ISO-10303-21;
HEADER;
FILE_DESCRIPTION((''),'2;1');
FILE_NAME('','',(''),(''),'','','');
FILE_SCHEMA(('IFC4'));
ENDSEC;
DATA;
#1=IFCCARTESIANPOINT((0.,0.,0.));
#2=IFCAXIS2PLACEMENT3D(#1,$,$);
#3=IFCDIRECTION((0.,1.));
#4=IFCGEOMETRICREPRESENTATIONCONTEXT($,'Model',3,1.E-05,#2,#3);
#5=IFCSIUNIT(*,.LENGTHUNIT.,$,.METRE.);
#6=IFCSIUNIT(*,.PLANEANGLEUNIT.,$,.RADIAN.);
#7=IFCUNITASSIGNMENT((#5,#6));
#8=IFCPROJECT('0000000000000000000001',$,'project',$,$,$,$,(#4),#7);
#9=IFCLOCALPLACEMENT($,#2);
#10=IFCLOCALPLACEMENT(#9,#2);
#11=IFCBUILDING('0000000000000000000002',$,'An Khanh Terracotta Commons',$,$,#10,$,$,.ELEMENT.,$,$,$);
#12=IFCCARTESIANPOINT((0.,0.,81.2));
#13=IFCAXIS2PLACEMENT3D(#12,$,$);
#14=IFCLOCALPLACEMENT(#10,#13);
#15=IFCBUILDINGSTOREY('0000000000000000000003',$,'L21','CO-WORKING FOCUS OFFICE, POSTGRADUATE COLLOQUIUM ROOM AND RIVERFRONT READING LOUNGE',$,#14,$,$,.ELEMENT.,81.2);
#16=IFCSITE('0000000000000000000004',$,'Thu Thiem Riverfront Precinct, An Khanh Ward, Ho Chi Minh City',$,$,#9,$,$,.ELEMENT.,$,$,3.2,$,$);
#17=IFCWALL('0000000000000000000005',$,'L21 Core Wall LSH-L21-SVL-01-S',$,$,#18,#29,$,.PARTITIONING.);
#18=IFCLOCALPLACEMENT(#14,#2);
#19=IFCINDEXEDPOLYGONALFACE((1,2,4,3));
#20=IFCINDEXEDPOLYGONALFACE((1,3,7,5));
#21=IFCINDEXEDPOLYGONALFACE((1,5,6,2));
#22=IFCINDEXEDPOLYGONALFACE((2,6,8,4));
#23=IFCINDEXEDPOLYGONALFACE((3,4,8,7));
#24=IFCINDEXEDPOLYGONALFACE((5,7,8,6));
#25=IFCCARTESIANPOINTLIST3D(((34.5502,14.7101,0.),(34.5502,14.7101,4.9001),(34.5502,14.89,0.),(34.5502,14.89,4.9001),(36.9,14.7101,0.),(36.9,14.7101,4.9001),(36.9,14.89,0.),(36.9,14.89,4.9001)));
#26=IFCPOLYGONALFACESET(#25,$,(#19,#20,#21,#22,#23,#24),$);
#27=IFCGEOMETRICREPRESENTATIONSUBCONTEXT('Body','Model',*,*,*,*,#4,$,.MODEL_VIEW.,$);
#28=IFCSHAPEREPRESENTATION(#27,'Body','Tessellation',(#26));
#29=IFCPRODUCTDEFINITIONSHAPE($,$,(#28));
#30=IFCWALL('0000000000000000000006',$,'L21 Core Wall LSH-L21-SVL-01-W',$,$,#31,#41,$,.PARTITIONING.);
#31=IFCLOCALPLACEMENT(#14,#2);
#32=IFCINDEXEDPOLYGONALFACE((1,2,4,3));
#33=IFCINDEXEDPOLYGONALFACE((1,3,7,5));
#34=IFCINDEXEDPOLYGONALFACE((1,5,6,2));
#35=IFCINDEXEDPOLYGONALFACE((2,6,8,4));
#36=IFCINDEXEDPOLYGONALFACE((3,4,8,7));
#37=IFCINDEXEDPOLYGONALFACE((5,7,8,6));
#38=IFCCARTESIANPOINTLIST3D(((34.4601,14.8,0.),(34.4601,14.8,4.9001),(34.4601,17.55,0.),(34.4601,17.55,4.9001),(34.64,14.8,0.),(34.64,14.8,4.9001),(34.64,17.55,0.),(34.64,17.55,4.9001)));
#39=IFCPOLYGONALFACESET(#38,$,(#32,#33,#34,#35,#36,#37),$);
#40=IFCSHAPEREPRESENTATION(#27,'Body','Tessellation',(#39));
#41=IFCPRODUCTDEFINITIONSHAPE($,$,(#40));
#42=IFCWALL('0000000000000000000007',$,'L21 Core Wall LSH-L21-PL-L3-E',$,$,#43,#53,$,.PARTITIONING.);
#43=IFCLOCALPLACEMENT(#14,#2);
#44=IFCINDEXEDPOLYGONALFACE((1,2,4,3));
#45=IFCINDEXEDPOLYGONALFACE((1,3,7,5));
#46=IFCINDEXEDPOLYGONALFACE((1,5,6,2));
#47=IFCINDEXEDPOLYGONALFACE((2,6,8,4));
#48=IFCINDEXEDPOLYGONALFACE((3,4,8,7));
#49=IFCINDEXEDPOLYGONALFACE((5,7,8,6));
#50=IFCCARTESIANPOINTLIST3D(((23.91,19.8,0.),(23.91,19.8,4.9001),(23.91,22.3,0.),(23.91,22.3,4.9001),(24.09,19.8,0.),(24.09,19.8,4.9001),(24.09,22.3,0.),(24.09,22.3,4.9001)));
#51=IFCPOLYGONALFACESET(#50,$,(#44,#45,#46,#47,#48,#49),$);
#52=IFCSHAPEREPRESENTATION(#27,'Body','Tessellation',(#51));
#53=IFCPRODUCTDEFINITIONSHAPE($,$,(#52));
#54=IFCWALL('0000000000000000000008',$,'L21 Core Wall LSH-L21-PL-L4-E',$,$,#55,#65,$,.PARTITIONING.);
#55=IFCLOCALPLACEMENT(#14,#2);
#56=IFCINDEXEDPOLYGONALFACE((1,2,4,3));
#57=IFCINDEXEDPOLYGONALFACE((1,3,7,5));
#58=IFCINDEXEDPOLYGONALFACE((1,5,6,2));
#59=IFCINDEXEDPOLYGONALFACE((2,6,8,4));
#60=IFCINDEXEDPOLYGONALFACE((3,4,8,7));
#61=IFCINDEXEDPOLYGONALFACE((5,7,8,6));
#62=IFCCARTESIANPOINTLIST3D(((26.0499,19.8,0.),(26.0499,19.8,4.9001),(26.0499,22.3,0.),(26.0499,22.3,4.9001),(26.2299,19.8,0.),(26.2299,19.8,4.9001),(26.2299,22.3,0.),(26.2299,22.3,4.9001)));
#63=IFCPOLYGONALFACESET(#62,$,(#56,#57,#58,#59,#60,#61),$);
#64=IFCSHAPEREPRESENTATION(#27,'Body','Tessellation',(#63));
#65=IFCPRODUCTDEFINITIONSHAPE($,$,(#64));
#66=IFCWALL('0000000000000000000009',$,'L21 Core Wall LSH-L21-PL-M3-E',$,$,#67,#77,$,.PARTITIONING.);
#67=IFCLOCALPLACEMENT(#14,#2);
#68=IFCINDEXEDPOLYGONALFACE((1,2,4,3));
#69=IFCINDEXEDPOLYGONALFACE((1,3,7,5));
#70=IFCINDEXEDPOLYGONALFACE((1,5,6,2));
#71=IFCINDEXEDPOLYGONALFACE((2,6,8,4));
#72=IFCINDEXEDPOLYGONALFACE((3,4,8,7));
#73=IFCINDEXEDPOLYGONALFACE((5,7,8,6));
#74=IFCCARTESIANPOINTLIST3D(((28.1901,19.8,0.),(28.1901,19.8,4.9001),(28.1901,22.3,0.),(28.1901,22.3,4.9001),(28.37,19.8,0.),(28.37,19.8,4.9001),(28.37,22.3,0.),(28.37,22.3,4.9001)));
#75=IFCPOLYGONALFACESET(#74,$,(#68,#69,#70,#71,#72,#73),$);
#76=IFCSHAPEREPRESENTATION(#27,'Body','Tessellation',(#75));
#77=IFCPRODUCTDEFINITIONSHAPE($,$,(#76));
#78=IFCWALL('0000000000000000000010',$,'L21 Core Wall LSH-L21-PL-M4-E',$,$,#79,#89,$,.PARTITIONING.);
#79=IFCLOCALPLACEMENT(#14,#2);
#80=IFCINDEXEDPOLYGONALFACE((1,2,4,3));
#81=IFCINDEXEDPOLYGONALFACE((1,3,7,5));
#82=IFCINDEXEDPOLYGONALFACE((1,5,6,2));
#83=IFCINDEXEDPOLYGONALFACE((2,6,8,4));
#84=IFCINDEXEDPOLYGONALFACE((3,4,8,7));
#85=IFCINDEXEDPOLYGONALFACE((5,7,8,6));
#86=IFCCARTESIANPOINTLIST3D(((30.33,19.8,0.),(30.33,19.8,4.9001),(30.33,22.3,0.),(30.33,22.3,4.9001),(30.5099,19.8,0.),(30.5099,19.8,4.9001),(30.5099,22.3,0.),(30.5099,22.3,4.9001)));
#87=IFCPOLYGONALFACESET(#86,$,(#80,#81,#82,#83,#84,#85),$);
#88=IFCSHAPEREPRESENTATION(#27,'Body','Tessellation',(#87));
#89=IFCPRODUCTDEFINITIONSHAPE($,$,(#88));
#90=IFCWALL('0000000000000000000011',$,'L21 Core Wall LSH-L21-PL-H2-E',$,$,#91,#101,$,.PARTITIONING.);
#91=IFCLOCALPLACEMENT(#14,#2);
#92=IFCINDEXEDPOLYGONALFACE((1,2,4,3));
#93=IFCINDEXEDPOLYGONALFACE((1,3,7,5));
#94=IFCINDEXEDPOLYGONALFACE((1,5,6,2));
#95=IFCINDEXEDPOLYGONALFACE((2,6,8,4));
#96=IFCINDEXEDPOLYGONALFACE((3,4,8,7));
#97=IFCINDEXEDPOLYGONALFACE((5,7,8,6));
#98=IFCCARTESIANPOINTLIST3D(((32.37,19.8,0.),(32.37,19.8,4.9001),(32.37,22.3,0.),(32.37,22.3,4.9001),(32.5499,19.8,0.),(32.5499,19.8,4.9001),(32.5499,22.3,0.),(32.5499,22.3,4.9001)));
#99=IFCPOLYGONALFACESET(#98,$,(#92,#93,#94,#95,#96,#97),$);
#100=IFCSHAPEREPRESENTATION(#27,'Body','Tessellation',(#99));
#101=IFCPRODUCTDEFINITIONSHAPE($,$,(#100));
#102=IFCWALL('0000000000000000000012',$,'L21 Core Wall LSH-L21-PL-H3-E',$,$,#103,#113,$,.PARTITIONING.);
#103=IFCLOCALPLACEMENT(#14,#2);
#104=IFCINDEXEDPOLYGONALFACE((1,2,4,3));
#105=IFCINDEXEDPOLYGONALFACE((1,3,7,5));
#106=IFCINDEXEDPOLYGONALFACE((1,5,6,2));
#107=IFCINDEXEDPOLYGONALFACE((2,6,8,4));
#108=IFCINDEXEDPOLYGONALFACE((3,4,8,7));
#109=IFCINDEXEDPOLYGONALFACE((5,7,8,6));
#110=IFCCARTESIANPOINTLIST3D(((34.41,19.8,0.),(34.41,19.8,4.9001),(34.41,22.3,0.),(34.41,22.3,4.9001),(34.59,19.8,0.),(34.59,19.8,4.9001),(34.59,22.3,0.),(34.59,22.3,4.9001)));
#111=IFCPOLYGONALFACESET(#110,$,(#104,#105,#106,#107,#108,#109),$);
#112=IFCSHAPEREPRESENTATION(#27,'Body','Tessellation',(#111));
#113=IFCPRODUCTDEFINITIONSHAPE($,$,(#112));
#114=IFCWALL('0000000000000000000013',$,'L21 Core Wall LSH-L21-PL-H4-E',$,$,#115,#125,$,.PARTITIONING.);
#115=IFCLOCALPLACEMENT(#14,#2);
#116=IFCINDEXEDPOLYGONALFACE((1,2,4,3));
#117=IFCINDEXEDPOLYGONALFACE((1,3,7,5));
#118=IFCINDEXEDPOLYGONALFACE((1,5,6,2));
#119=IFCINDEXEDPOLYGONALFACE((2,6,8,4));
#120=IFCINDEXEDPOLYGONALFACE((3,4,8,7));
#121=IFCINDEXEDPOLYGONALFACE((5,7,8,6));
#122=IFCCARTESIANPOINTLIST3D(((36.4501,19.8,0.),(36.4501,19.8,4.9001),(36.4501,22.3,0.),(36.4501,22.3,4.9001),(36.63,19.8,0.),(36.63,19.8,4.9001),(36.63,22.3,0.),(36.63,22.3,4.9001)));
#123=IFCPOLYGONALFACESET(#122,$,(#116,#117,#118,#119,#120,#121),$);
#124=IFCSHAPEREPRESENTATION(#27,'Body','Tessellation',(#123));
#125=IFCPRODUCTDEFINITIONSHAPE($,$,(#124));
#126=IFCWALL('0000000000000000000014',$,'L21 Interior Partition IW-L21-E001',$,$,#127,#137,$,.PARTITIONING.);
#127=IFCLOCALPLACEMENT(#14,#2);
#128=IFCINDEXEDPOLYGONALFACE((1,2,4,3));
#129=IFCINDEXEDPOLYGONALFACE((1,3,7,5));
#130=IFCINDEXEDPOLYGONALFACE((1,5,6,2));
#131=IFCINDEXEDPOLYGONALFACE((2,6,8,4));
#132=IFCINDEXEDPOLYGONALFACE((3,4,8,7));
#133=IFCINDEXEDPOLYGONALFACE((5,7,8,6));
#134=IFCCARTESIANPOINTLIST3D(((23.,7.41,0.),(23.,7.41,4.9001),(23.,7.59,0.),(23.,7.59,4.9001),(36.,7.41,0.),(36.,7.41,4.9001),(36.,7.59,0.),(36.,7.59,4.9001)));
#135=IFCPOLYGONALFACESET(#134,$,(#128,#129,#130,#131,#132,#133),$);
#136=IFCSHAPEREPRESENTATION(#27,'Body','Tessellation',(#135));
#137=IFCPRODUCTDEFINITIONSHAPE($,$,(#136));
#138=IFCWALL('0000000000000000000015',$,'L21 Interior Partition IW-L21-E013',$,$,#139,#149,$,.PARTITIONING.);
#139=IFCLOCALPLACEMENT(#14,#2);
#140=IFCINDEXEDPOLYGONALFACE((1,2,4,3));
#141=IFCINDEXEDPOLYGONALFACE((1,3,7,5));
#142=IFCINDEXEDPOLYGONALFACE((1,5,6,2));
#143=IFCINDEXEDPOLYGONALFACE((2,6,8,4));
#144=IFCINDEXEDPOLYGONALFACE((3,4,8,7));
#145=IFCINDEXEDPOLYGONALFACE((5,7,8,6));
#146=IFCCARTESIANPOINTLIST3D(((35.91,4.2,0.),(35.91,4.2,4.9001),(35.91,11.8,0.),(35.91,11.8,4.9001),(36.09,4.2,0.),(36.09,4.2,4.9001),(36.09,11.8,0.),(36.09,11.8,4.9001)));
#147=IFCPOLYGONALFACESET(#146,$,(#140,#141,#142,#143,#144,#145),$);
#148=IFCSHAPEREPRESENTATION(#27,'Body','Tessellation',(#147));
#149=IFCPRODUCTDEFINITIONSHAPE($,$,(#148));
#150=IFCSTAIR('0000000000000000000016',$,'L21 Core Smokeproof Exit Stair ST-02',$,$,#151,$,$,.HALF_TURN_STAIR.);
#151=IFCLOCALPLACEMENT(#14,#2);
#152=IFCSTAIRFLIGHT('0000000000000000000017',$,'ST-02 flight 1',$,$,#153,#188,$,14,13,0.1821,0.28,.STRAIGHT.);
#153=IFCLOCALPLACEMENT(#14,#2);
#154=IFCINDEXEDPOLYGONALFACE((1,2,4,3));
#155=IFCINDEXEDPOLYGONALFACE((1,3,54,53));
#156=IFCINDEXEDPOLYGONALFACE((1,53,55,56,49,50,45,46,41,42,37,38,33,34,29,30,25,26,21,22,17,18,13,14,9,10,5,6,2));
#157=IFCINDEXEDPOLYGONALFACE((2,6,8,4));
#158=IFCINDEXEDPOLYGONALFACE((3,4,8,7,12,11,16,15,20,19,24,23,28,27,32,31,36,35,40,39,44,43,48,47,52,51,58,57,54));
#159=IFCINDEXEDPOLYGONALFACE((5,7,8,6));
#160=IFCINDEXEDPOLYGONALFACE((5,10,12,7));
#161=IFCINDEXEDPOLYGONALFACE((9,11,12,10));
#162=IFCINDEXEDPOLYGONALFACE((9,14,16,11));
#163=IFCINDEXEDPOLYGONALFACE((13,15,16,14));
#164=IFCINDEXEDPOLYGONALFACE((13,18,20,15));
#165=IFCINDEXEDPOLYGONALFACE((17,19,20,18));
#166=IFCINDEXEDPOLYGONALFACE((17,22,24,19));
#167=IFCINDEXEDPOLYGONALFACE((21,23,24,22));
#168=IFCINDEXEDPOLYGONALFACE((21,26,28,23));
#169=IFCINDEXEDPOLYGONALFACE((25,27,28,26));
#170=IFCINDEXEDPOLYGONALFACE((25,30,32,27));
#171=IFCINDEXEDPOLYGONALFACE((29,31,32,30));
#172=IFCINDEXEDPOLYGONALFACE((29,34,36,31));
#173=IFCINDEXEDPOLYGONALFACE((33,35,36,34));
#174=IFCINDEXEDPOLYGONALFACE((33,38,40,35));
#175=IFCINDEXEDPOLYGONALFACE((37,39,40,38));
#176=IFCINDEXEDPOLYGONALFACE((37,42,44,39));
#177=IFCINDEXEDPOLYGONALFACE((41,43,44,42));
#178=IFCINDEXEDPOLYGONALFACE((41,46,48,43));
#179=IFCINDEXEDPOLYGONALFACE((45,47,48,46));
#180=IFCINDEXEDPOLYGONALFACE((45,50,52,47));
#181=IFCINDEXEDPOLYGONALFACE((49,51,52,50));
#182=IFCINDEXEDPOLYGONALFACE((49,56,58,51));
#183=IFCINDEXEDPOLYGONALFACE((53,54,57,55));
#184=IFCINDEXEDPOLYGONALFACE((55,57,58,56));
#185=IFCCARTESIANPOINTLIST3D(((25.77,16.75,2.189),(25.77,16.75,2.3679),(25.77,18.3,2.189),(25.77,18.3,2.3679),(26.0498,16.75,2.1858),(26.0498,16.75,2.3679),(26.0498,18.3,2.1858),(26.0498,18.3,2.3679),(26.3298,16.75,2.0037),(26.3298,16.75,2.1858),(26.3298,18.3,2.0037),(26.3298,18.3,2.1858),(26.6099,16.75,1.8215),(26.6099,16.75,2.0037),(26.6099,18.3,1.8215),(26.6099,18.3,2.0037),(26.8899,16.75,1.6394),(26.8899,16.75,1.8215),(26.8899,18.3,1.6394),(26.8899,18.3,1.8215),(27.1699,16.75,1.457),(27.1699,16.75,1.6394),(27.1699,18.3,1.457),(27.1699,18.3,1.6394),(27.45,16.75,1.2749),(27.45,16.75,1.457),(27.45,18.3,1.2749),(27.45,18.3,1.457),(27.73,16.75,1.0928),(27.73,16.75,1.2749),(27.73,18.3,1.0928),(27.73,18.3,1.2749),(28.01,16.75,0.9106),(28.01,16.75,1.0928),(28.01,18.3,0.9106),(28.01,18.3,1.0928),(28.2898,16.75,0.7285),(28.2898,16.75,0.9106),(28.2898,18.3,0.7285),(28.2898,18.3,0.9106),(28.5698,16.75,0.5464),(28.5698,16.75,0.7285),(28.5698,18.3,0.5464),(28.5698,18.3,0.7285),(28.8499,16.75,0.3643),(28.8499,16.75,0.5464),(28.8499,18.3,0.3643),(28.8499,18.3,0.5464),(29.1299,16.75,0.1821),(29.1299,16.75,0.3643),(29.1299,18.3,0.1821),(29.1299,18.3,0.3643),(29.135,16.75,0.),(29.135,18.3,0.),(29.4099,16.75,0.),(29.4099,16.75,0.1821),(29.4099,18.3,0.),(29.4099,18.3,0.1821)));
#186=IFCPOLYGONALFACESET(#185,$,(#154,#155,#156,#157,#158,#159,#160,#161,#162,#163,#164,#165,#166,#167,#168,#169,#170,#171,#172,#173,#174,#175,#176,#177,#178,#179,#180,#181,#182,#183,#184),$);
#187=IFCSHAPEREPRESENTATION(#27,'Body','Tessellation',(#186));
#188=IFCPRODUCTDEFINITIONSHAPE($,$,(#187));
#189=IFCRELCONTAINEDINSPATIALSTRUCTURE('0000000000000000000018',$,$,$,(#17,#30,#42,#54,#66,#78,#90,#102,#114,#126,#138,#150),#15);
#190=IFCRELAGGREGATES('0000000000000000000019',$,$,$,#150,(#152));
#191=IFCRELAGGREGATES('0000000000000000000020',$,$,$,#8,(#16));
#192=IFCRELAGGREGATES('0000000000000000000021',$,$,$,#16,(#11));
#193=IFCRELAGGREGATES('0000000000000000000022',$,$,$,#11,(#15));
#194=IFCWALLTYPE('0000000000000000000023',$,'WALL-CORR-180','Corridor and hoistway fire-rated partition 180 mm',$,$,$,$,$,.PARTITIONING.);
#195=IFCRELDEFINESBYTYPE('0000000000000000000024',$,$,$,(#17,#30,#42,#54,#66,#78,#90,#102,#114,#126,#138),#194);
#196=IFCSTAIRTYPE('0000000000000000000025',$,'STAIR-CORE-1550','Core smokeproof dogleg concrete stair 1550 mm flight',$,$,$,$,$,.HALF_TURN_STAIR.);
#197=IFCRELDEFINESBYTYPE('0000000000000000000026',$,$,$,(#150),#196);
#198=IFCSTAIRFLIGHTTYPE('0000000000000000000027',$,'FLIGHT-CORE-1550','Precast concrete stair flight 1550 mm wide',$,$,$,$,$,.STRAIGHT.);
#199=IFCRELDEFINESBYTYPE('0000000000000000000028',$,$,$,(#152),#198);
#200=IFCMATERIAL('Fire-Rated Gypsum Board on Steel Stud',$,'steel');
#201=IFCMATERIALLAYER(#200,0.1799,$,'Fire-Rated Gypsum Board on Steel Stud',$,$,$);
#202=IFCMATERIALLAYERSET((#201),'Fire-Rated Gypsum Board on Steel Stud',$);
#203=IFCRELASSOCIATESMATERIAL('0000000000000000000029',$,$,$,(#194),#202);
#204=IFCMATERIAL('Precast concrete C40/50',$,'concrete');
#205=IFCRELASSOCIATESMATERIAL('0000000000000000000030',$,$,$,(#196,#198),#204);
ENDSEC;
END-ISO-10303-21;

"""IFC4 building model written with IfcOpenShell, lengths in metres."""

from ifc_helpers import new_model, si_unit, direction, frame, frame_2d, origin, place, context, subcontext, project, spatial, polyline, rectangle, outline, extrude, material, layer, layer_set, type_object, element, aggregate, save


model = new_model("IFC4")

# Units and contexts
model_context = context("Model", 3, precision=1e-05, world=origin(), true_north=direction((0.0, 1.0)))
body_context = subcontext(model_context, "Body", "Model", "MODEL_VIEW")
ifc_project = project(units=[si_unit("LENGTHUNIT", "METRE"), si_unit("PLANEANGLEUNIT", "RADIAN")], contexts=[model_context])

# Site, building, storey
site_placement = place(None, origin())
site = spatial("IfcSite", under=ifc_project, at=site_placement, Name="Thu Thiem Riverfront Precinct, An Khanh Ward, Ho Chi Minh City", CompositionType="ELEMENT", RefElevation=3.2)
building_placement = place(site_placement, origin())
building = spatial("IfcBuilding", under=site, at=building_placement, Name="An Khanh Terracotta Commons", CompositionType="ELEMENT")
storey_placement = place(building_placement, frame((0.0, 0.0, 81.2)))
storey = spatial("IfcBuildingStorey", under=building, at=storey_placement, Name="L21", Description="CO-WORKING FOCUS OFFICE, POSTGRADUATE COLLOQUIUM ROOM AND RIVERFRONT READING LOUNGE", CompositionType="ELEMENT", Elevation=81.2)

# Shared definitions
ifc_material_1 = material(Name="Fire-Rated Gypsum Board on Steel Stud", Category="steel")
ifc_layer_1 = layer(ifc_material_1, 0.1799, Name="Fire-Rated Gypsum Board on Steel Stud")
ifc_layer_set_1 = layer_set([ifc_layer_1], Name="Fire-Rated Gypsum Board on Steel Stud")
wall_type_1 = type_object("IfcWallType", Name="WALL-CORR-180", Description="Corridor and hoistway fire-rated partition 180 mm", PredefinedType="PARTITIONING", material=ifc_layer_set_1)

# Walls
wall_1_placement = place(storey_placement, frame((36.8999, 14.8, 0.0), z_axis=(0.0, 0.0, 1.0), x_axis=(-1.0, 0.0, 0.0)))
element("IfcWall", 1, at=wall_1_placement, inside=storey, type_object=wall_type_1, Name="L21 Core Wall LSH-L21-SVL-01-S", PredefinedType="PARTITIONING", context=body_context, shape_type="SweptSolid", body=[
    extrude(rectangle(XDim=2.3499, YDim=0.1799, at=frame_2d((1.1748, 0.0))), origin(), (0.0, 0.0, 1.0), 4.9001),
])
wall_2_placement = place(storey_placement, frame((34.55, 17.55, 0.0), z_axis=(0.0, 0.0, 1.0), x_axis=(0.0, -1.0, 0.0)))
element("IfcWall", 2, at=wall_2_placement, inside=storey, type_object=wall_type_1, Name="L21 Core Wall LSH-L21-SVL-01-W", PredefinedType="PARTITIONING", context=body_context, shape_type="SweptSolid", body=[
    extrude(rectangle(XDim=2.75, YDim=0.1799, at=frame_2d((1.375, 0.0))), origin(), (0.0, 0.0, 1.0), 4.9001),
])
for number, where, z_axis, x_axis, name in (
    (3, (24.0, 19.8, 0.0), (0.0, 0.0, 1.0), (0.0, 1.0, 0.0), "L21 Core Wall LSH-L21-PL-L3-E"),
    (4, (26.1399, 19.8, 0.0), (0.0, 0.0, 1.0), (0.0, 1.0, 0.0), "L21 Core Wall LSH-L21-PL-L4-E"),
    (5, (28.28, 19.8, 0.0), (0.0, 0.0, 1.0), (0.0, 1.0, 0.0), "L21 Core Wall LSH-L21-PL-M3-E"),
    (6, (30.4199, 19.8, 0.0), (0.0, 0.0, 1.0), (0.0, 1.0, 0.0), "L21 Core Wall LSH-L21-PL-M4-E"),
    (7, (32.46, 19.8, 0.0), (0.0, 0.0, 1.0), (0.0, 1.0, 0.0), "L21 Core Wall LSH-L21-PL-H2-E"),
    (8, (34.5, 19.8, 0.0), (0.0, 0.0, 1.0), (0.0, 1.0, 0.0), "L21 Core Wall LSH-L21-PL-H3-E"),
    (9, (36.54, 19.8, 0.0), (0.0, 0.0, 1.0), (0.0, 1.0, 0.0), "L21 Core Wall LSH-L21-PL-H4-E"),
):
    element("IfcWall", number, at=place(storey_placement, frame(where, z_axis=z_axis, x_axis=x_axis)), inside=storey, type_object=wall_type_1, Name=name, PredefinedType="PARTITIONING", context=body_context, shape_type="SweptSolid", body=[
        extrude(rectangle(XDim=2.5, YDim=0.1799, at=frame_2d((1.25, 0.0))), origin(), (0.0, 0.0, 1.0), 4.9001),
    ])
wall_3_placement = place(storey_placement, frame((23.0, 7.5, 0.0), z_axis=(0.0, 0.0, 1.0), x_axis=(1.0, 0.0, 0.0)))
element("IfcWall", 10, at=wall_3_placement, inside=storey, type_object=wall_type_1, Name="L21 Interior Partition IW-L21-E001", PredefinedType="PARTITIONING", context=body_context, shape_type="SweptSolid", body=[
    extrude(rectangle(XDim=13.0, YDim=0.1799, at=frame_2d((6.5, 0.0))), origin(), (0.0, 0.0, 1.0), 4.9001),
])
wall_4_placement = place(storey_placement, frame((36.0, 4.2, 0.0), z_axis=(0.0, 0.0, 1.0), x_axis=(0.0, 1.0, 0.0)))
element("IfcWall", 11, at=wall_4_placement, inside=storey, type_object=wall_type_1, Name="L21 Interior Partition IW-L21-E013", PredefinedType="PARTITIONING", context=body_context, shape_type="SweptSolid", body=[
    extrude(rectangle(XDim=7.6001, YDim=0.1799, at=frame_2d((3.8, 0.0))), origin(), (0.0, 0.0, 1.0), 4.9001),
])

# Stair, stair flight
ifc_material_2 = material(Name="Precast concrete C40/50", Category="concrete")
stair_type = type_object("IfcStairType", Name="STAIR-CORE-1550", Description="Core smokeproof dogleg concrete stair 1550 mm flight", PredefinedType="HALF_TURN_STAIR", material=ifc_material_2)
stair_placement = place(storey_placement, origin())
stair = element("IfcStair", 12, at=stair_placement, inside=storey, type_object=stair_type, Name="L21 Core Smokeproof Exit Stair ST-02", PredefinedType="HALF_TURN_STAIR")
stair_flight_type = type_object("IfcStairFlightType", Name="FLIGHT-CORE-1550", Description="Precast concrete stair flight 1550 mm wide", PredefinedType="STRAIGHT", material=ifc_material_2)
stair_flight_1_placement = place(storey_placement, frame((29.4099, 17.5249, 0.0), z_axis=(0.0, 0.0, 1.0), x_axis=(-1.0, 0.0, 0.0)))
stair_flight_1 = element("IfcStairFlight", 13, at=stair_flight_1_placement, type_object=stair_flight_type, Name="ST-02 flight 1", NumberOfRisers=14, NumberOfTreads=13, PredefinedType="STRAIGHT", RiserHeight=0.1821, TreadLength=0.28, context=body_context, shape_type="SweptSolid", body=[
    extrude(outline(polyline([(0.0, 0.0), (0.0, 0.1821), (0.28, 0.1821), (0.28, 0.3643), (0.5601, 0.3643), (0.5601, 0.5464), (0.8401, 0.5464), (0.8401, 0.7285), (1.1201, 0.7285), (1.1201, 0.9106), (1.3999, 0.9106), (1.3999, 1.0928), (1.6799, 1.0928), (1.6799, 1.2749), (1.96, 1.2749), (1.96, 1.457), (2.24, 1.457), (2.24, 1.6394), (2.52, 1.6394), (2.52, 1.8215), (2.8, 1.8215), (2.8, 2.0037), (3.0801, 2.0037), (3.0801, 2.1858), (3.3601, 2.1858), (3.3601, 2.3679), (3.6399, 2.3679), (3.6399, 2.55), (3.6399, 2.189), (0.2749, 0.0), (0.0, 0.0)])), frame((0.0, 0.7749, 0.0), z_axis=(0.0, -1.0, 0.0), x_axis=(1.0, 0.0, 0.0)), (0.0, 0.0, 1.0), 1.55),
])
aggregate(stair, [stair_flight_1])

save(model, "model.ifc")
